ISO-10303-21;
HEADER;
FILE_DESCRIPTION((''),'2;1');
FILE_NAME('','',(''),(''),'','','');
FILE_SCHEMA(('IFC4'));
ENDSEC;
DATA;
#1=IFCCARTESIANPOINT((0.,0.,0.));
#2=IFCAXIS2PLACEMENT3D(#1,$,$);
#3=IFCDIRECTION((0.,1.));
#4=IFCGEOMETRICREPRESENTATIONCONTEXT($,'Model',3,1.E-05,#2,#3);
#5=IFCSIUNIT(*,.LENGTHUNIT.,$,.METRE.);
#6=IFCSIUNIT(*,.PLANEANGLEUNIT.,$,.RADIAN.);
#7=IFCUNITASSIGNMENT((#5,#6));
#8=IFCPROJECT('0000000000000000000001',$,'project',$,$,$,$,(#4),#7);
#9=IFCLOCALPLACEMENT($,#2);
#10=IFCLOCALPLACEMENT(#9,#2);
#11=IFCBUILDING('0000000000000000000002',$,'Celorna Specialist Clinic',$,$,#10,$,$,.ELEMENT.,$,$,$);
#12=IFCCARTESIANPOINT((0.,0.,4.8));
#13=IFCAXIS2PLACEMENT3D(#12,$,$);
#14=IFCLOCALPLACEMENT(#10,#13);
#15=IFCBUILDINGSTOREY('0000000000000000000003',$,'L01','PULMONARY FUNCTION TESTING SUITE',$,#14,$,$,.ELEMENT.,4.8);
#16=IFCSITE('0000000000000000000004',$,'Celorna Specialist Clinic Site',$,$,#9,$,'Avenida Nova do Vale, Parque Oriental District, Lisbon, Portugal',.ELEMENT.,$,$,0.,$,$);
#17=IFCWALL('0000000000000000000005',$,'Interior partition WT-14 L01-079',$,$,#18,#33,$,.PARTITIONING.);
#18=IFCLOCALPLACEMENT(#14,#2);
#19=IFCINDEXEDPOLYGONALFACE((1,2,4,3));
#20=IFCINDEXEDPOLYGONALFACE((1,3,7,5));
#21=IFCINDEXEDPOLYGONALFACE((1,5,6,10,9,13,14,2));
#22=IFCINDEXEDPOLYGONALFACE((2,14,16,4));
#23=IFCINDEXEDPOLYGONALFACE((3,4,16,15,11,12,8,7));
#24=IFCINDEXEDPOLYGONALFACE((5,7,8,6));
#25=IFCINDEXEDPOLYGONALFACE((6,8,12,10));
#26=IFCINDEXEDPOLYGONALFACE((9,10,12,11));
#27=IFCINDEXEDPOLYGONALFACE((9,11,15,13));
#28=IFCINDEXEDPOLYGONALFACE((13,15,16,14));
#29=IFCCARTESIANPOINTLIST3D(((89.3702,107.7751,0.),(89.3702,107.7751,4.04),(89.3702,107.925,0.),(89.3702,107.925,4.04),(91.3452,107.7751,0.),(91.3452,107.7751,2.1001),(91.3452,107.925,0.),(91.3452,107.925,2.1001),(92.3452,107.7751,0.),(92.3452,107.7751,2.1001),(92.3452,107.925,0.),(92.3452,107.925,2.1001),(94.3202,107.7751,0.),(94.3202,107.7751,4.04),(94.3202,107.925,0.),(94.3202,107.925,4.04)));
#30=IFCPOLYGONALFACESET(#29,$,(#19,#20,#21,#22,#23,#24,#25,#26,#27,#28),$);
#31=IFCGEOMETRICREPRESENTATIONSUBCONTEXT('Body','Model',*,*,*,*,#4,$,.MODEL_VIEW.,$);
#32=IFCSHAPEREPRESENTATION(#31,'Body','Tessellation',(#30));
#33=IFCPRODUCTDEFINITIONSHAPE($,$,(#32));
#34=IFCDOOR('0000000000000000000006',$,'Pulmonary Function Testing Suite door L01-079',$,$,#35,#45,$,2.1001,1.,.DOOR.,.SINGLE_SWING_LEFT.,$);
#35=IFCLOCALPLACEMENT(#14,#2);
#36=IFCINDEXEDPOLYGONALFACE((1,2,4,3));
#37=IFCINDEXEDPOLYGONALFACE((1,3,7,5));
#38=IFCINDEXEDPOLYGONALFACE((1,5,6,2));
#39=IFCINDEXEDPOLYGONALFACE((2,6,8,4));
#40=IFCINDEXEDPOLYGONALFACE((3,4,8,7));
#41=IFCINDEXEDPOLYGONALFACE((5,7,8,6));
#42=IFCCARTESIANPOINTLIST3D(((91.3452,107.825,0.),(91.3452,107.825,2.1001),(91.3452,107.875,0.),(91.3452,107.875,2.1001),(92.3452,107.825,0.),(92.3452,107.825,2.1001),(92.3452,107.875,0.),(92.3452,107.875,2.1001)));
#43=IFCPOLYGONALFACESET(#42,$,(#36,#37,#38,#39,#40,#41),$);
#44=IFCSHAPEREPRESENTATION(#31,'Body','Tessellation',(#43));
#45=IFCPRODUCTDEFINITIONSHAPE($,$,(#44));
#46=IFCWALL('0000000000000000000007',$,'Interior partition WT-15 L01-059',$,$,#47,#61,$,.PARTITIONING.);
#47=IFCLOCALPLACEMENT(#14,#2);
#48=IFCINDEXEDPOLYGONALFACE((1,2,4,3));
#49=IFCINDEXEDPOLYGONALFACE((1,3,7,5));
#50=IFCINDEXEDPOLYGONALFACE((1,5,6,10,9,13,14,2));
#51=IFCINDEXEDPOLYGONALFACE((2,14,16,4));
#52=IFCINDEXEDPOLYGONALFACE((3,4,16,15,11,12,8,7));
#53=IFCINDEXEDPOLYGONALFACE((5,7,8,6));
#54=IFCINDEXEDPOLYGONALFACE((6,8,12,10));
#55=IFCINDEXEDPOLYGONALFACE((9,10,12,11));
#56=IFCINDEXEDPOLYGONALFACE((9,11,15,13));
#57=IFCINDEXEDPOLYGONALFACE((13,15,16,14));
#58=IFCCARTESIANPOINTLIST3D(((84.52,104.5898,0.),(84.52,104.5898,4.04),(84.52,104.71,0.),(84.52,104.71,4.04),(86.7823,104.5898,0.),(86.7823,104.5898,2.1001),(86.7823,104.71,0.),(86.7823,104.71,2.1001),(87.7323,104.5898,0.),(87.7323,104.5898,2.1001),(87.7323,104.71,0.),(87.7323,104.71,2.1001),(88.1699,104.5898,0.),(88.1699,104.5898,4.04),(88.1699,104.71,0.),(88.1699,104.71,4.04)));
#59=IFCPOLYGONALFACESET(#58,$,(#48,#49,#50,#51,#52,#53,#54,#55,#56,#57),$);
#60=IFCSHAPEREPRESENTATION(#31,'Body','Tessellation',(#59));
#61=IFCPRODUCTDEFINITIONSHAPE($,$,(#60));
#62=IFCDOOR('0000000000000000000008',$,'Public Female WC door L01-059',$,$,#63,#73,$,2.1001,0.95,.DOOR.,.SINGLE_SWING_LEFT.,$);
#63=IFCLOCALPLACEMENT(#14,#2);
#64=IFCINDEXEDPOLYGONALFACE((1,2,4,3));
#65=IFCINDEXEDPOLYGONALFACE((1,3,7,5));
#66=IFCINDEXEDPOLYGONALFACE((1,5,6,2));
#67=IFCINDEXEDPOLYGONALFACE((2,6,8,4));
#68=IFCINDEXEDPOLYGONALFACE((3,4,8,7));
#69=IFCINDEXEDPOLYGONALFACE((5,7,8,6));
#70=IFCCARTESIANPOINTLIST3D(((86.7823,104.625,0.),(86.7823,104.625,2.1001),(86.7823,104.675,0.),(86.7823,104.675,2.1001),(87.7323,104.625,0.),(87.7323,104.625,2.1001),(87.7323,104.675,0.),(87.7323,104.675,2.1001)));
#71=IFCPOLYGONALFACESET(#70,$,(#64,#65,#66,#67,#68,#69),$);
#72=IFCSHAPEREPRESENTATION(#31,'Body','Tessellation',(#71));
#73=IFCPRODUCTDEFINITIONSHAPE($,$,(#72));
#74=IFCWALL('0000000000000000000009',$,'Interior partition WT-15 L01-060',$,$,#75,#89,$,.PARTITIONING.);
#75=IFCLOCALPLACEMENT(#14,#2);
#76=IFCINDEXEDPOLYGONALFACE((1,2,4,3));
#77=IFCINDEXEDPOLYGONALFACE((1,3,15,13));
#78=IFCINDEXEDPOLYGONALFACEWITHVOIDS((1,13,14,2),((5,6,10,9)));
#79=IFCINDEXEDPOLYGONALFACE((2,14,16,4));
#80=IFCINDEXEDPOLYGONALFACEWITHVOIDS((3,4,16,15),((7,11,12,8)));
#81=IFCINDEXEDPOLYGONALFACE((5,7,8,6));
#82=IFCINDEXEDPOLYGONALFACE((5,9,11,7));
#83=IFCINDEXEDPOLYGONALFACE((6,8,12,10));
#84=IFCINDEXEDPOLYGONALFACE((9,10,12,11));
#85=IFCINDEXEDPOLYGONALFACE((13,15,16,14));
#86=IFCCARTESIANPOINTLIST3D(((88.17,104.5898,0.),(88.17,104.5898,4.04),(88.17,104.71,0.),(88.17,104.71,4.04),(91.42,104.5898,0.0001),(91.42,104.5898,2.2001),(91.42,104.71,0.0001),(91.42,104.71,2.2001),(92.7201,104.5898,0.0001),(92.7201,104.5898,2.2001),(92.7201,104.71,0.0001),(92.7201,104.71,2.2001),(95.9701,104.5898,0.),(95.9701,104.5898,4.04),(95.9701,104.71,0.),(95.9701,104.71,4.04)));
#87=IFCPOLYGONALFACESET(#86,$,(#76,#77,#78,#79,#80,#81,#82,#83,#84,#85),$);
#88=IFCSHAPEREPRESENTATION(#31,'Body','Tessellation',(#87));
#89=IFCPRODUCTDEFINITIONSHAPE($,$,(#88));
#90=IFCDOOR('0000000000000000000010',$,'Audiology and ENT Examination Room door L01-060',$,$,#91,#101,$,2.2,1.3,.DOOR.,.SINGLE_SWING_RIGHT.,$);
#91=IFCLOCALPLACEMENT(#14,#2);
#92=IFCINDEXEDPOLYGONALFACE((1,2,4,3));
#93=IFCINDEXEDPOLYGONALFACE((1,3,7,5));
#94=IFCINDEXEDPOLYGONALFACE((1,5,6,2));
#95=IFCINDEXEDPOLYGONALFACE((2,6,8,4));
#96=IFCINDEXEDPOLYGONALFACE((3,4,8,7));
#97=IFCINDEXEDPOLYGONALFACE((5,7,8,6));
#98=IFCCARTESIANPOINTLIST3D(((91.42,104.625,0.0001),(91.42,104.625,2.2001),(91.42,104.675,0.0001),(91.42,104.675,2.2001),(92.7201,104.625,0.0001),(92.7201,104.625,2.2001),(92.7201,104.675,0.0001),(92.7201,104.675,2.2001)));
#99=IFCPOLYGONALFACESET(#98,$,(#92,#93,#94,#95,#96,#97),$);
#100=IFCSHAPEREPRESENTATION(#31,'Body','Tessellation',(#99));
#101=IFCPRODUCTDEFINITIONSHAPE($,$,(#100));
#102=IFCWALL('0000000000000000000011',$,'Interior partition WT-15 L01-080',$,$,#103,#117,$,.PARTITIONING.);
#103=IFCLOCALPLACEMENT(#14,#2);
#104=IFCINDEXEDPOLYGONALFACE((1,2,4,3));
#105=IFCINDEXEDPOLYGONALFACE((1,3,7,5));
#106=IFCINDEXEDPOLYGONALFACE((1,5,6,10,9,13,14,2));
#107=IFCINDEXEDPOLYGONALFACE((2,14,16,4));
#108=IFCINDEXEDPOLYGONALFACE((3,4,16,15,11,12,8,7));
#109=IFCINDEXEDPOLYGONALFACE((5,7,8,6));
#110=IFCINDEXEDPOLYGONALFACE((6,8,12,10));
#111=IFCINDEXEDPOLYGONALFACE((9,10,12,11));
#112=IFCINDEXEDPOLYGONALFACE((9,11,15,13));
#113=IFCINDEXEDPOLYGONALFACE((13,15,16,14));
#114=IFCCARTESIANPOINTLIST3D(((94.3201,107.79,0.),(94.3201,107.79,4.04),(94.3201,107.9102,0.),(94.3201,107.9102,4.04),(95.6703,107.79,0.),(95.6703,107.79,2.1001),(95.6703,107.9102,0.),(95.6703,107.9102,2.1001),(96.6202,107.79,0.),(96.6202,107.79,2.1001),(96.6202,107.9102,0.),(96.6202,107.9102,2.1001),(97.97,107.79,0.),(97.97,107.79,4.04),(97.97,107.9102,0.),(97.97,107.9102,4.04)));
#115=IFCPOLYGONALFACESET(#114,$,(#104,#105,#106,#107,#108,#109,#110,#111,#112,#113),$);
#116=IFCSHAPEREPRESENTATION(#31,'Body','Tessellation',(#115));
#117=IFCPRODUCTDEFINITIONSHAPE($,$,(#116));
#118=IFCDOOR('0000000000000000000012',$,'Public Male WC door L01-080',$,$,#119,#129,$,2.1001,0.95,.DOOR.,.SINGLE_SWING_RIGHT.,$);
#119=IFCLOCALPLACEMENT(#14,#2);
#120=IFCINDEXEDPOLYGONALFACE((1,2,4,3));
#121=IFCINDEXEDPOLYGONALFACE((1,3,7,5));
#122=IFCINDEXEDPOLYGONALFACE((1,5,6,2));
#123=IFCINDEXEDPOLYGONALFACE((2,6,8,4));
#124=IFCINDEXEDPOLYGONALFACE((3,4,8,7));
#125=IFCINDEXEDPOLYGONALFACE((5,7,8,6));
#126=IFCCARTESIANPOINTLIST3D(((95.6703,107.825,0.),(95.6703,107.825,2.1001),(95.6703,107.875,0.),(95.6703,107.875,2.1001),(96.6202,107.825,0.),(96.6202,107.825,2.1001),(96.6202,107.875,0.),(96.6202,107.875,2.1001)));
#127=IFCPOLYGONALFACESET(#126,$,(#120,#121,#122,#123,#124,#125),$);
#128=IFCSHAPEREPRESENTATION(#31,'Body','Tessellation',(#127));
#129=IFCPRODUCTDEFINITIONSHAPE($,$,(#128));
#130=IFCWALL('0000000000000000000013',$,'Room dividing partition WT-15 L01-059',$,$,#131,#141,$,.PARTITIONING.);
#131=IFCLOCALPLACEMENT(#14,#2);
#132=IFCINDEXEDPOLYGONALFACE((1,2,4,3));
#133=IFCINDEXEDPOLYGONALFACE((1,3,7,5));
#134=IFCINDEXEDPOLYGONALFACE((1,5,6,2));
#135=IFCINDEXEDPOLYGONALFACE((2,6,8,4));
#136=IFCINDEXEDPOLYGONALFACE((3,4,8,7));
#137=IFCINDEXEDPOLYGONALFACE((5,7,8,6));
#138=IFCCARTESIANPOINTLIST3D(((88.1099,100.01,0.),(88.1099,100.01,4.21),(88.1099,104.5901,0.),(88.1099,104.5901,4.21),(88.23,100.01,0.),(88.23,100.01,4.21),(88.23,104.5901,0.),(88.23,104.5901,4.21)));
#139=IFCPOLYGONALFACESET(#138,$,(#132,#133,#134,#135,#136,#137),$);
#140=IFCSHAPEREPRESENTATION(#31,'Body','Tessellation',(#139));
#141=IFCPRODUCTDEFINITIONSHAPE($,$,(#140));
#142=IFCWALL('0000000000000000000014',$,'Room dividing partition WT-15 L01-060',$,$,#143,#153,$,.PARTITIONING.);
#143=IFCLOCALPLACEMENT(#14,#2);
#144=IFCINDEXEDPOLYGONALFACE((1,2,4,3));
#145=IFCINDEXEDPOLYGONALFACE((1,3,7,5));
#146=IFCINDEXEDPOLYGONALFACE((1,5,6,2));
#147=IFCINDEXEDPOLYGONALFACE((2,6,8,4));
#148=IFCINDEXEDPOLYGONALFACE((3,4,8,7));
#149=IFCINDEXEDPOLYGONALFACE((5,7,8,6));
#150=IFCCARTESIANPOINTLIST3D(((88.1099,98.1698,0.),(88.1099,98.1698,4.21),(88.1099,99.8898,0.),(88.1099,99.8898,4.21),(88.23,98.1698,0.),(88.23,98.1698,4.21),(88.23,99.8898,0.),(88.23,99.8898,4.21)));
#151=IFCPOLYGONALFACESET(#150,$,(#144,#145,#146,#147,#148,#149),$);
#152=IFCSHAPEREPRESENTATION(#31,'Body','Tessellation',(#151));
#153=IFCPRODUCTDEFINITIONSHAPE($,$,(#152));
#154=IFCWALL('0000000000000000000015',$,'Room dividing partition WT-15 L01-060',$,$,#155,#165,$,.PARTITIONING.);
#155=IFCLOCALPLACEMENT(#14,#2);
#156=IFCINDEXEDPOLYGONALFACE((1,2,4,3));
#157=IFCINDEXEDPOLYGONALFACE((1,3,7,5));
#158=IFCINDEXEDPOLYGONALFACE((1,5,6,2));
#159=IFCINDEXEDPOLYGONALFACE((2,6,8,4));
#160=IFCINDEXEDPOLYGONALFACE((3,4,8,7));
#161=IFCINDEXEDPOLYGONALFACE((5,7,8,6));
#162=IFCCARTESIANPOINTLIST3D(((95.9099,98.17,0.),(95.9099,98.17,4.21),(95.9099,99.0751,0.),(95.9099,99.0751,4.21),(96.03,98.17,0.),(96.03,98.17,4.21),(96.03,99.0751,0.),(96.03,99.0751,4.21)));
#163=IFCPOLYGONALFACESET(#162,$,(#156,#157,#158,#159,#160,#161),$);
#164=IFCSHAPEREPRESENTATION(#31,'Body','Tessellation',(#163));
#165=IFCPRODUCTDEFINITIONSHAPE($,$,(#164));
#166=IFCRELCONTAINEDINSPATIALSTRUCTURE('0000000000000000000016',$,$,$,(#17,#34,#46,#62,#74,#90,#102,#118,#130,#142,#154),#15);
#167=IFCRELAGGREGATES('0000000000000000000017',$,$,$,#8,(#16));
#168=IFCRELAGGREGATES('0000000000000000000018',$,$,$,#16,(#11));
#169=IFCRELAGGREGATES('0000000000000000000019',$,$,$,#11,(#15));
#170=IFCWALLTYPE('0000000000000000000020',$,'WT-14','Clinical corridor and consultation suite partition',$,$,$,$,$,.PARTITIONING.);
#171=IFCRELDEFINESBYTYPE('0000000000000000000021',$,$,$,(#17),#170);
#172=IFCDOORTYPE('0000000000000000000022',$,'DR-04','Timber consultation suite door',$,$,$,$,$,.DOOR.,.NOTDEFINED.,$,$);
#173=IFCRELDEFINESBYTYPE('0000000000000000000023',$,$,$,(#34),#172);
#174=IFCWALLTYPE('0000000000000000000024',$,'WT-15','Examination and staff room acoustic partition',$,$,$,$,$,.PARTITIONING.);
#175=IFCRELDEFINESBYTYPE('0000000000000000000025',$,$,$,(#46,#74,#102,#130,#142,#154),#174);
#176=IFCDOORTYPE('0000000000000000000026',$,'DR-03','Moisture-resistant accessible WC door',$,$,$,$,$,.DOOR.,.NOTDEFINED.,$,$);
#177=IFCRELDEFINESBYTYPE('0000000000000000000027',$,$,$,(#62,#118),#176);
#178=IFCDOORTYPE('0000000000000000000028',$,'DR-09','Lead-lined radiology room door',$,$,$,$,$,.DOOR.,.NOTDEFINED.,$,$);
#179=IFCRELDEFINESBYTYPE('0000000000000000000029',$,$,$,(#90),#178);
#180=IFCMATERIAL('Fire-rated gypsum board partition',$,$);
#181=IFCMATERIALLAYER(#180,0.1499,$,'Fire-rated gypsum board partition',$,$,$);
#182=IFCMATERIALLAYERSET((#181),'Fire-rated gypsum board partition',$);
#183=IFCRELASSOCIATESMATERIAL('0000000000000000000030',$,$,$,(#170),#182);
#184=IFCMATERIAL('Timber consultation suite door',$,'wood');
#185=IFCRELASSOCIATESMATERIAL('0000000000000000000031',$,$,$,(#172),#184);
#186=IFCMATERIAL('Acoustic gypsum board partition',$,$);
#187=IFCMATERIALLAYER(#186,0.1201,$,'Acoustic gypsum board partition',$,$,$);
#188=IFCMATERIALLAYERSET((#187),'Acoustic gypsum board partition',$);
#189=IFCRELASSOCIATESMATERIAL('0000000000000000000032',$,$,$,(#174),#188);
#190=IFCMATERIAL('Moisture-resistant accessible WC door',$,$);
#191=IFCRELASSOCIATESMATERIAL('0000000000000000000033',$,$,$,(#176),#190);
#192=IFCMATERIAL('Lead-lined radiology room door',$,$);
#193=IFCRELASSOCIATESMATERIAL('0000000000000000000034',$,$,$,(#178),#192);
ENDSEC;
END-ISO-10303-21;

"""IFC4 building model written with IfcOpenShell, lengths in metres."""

from ifc_helpers import new_model, si_unit, direction, frame, frame_2d, origin, place, context, subcontext, project, spatial, rectangle, extrude, material, layer, layer_set, type_object, element, fill, save


model = new_model("IFC4")

# Units and contexts
model_context = context("Model", 3, precision=1e-05, world=origin(), true_north=direction((0.0, 1.0)))
body_context = subcontext(model_context, "Body", "Model", "MODEL_VIEW")
ifc_project = project(units=[si_unit("LENGTHUNIT", "METRE"), si_unit("PLANEANGLEUNIT", "RADIAN")], contexts=[model_context])

# Site, building, storey
site_placement = place(None, origin())
site = spatial("IfcSite", under=ifc_project, at=site_placement, Name="Celorna Specialist Clinic Site", LongName="Avenida Nova do Vale, Parque Oriental District, Lisbon, Portugal", CompositionType="ELEMENT", RefElevation=0.0)
building_placement = place(site_placement, origin())
building = spatial("IfcBuilding", under=site, at=building_placement, Name="Celorna Specialist Clinic", CompositionType="ELEMENT")
storey_placement = place(building_placement, frame((0.0, 0.0, 4.8)))
storey = spatial("IfcBuildingStorey", under=building, at=storey_placement, Name="L01", Description="PULMONARY FUNCTION TESTING SUITE", CompositionType="ELEMENT", Elevation=4.8)

# Walls, openings, doors
ifc_material_1 = material(Name="Fire-rated gypsum board partition")
ifc_layer_1 = layer(ifc_material_1, 0.1499, Name="Fire-rated gypsum board partition")
ifc_layer_set_1 = layer_set([ifc_layer_1], Name="Fire-rated gypsum board partition")
wall_type_1 = type_object("IfcWallType", Name="WT-14", Description="Clinical corridor and consultation suite partition", PredefinedType="PARTITIONING", material=ifc_layer_set_1)
wall_1_placement = place(storey_placement, frame((89.3701, 107.8501, 0.0), z_axis=(0.0, 0.0, 1.0), x_axis=(1.0, 0.0, 0.0)))
wall_1 = element("IfcWall", 1, at=wall_1_placement, inside=storey, type_object=wall_type_1, Name="Interior partition WT-14 L01-079", PredefinedType="PARTITIONING", context=body_context, shape_type="SweptSolid", body=[
    extrude(rectangle(XDim=4.95, YDim=0.1499, at=frame_2d((2.4751, 0.0))), origin(), (0.0, 0.0, 1.0), 4.04),
])
opening_1_placement = place(wall_1_placement, frame((1.9751, 0.0, 0.0)))
opening_1 = element("IfcOpeningElement", 2, at=opening_1_placement, cuts=wall_1, PredefinedType="OPENING", context=body_context, shape_type="SweptSolid", body=[
    extrude(rectangle(XDim=1.0, YDim=2.1001, at=frame_2d((0.5, 1.05))), frame((0.0, 0.085, 0.0), z_axis=(0.0, -1.0, 0.0), x_axis=(1.0, 0.0, 0.0)), (0.0, 0.0, 1.0), 0.1699),
])
ifc_material_2 = material(Name="Timber consultation suite door", Category="wood")
door_type_1 = type_object("IfcDoorType", Name="DR-04", Description="Timber consultation suite door", OperationType="NOTDEFINED", PredefinedType="DOOR", material=ifc_material_2)
door_1_placement = place(opening_1_placement, origin())
door_1 = element("IfcDoor", 3, at=door_1_placement, inside=storey, type_object=door_type_1, Name="Pulmonary Function Testing Suite door L01-079", OperationType="SINGLE_SWING_LEFT", OverallHeight=2.1001, OverallWidth=1.0, PredefinedType="DOOR", context=body_context, shape_type="SweptSolid", body=[
    extrude(rectangle(XDim=1.0, YDim=2.1001, at=frame_2d((0.5, 1.05))), frame((0.0, 0.0249, 0.0), z_axis=(0.0, -1.0, 0.0), x_axis=(1.0, 0.0, 0.0)), (0.0, 0.0, 1.0), 0.05),
])
fill(opening_1, door_1)
ifc_material_3 = material(Name="Acoustic gypsum board partition")
ifc_layer_2 = layer(ifc_material_3, 0.1201, Name="Acoustic gypsum board partition")
ifc_layer_set_2 = layer_set([ifc_layer_2], Name="Acoustic gypsum board partition")
wall_type_2 = type_object("IfcWallType", Name="WT-15", Description="Examination and staff room acoustic partition", PredefinedType="PARTITIONING", material=ifc_layer_set_2)
wall_2_placement = place(storey_placement, frame((88.1699, 104.6499, 0.0), z_axis=(0.0, 0.0, 1.0), x_axis=(-1.0, 0.0, 0.0)))
wall_2 = element("IfcWall", 4, at=wall_2_placement, inside=storey, type_object=wall_type_2, Name="Interior partition WT-15 L01-059", PredefinedType="PARTITIONING", context=body_context, shape_type="SweptSolid", body=[
    extrude(rectangle(XDim=3.6499, YDim=0.1201, at=frame_2d((1.825, 0.0))), origin(), (0.0, 0.0, 1.0), 4.04),
])
opening_2_placement = place(wall_2_placement, frame((0.4375, 0.0, 0.0)))
opening_2 = element("IfcOpeningElement", 5, at=opening_2_placement, cuts=wall_2, PredefinedType="OPENING", context=body_context, shape_type="SweptSolid", body=[
    extrude(rectangle(XDim=0.95, YDim=2.1001, at=frame_2d((0.4751, 1.05))), frame((0.0, 0.0701, 0.0), z_axis=(0.0, -1.0, 0.0), x_axis=(1.0, 0.0, 0.0)), (0.0, 0.0, 1.0), 0.1401),
])
ifc_material_4 = material(Name="Moisture-resistant accessible WC door")
door_type_2 = type_object("IfcDoorType", Name="DR-03", Description="Moisture-resistant accessible WC door", OperationType="NOTDEFINED", PredefinedType="DOOR", material=ifc_material_4)
door_2_placement = place(opening_2_placement, origin())
door_2 = element("IfcDoor", 6, at=door_2_placement, inside=storey, type_object=door_type_2, Name="Public Female WC door L01-059", OperationType="SINGLE_SWING_LEFT", OverallHeight=2.1001, OverallWidth=0.95, PredefinedType="DOOR", context=body_context, shape_type="SweptSolid", body=[
    extrude(rectangle(XDim=0.95, YDim=2.1001, at=frame_2d((0.4751, 1.05))), frame((0.0, 0.0249, 0.0), z_axis=(0.0, -1.0, 0.0), x_axis=(1.0, 0.0, 0.0)), (0.0, 0.0, 1.0), 0.05),
])
fill(opening_2, door_2)
wall_3_placement = place(storey_placement, frame((95.97, 104.6499, 0.0), z_axis=(0.0, 0.0, 1.0), x_axis=(-1.0, 0.0, 0.0)))
wall_3 = element("IfcWall", 7, at=wall_3_placement, inside=storey, type_object=wall_type_2, Name="Interior partition WT-15 L01-060", PredefinedType="PARTITIONING", context=body_context, shape_type="SweptSolid", body=[
    extrude(rectangle(XDim=7.8, YDim=0.1201, at=frame_2d((3.8999, 0.0))), origin(), (0.0, 0.0, 1.0), 4.04),
])
opening_3_placement = place(wall_3_placement, frame((3.25, 0.0, 0.0)))
opening_3 = element("IfcOpeningElement", 8, at=opening_3_placement, cuts=wall_3, PredefinedType="OPENING", context=body_context, shape_type="SweptSolid", body=[
    extrude(rectangle(XDim=1.3, YDim=2.2, at=frame_2d((0.6499, 1.1001))), frame((0.0, 0.0701, 0.0), z_axis=(0.0, -1.0, 0.0), x_axis=(1.0, 0.0, 0.0)), (0.0, 0.0, 1.0), 0.1401),
])
ifc_material_5 = material(Name="Lead-lined radiology room door")
door_type_3 = type_object("IfcDoorType", Name="DR-09", Description="Lead-lined radiology room door", OperationType="NOTDEFINED", PredefinedType="DOOR", material=ifc_material_5)
door_3_placement = place(opening_3_placement, origin())
door_3 = element("IfcDoor", 9, at=door_3_placement, inside=storey, type_object=door_type_3, Name="Audiology and ENT Examination Room door L01-060", OperationType="SINGLE_SWING_RIGHT", OverallHeight=2.2, OverallWidth=1.3, PredefinedType="DOOR", context=body_context, shape_type="SweptSolid", body=[
    extrude(rectangle(XDim=1.3, YDim=2.2, at=frame_2d((0.6499, 1.1001))), frame((0.0, 0.0249, 0.0), z_axis=(0.0, -1.0, 0.0), x_axis=(1.0, 0.0, 0.0)), (0.0, 0.0, 1.0), 0.05),
])
fill(opening_3, door_3)
wall_4_placement = place(storey_placement, frame((94.3201, 107.8501, 0.0), z_axis=(0.0, 0.0, 1.0), x_axis=(1.0, 0.0, 0.0)))
wall_4 = element("IfcWall", 10, at=wall_4_placement, inside=storey, type_object=wall_type_2, Name="Interior partition WT-15 L01-080", PredefinedType="PARTITIONING", context=body_context, shape_type="SweptSolid", body=[
    extrude(rectangle(XDim=3.6499, YDim=0.1201, at=frame_2d((1.825, 0.0))), origin(), (0.0, 0.0, 1.0), 4.04),
])
opening_4_placement = place(wall_4_placement, frame((1.3501, 0.0, 0.0)))
opening_4 = element("IfcOpeningElement", 11, at=opening_4_placement, cuts=wall_4, PredefinedType="OPENING", context=body_context, shape_type="SweptSolid", body=[
    extrude(rectangle(XDim=0.95, YDim=2.1001, at=frame_2d((0.4751, 1.05))), frame((0.0, 0.0701, 0.0), z_axis=(0.0, -1.0, 0.0), x_axis=(1.0, 0.0, 0.0)), (0.0, 0.0, 1.0), 0.1401),
])
door_4_placement = place(opening_4_placement, origin())
door_4 = element("IfcDoor", 12, at=door_4_placement, inside=storey, type_object=door_type_2, Name="Public Male WC door L01-080", OperationType="SINGLE_SWING_RIGHT", OverallHeight=2.1001, OverallWidth=0.95, PredefinedType="DOOR", context=body_context, shape_type="SweptSolid", body=[
    extrude(rectangle(XDim=0.95, YDim=2.1001, at=frame_2d((0.4751, 1.05))), frame((0.0, 0.0249, 0.0), z_axis=(0.0, -1.0, 0.0), x_axis=(1.0, 0.0, 0.0)), (0.0, 0.0, 1.0), 0.05),
])
fill(opening_4, door_4)

# Walls
wall_5_placement = place(storey_placement, frame((88.1699, 100.01, 0.0), z_axis=(0.0, 0.0, 1.0), x_axis=(0.0, 1.0, 0.0)))
element("IfcWall", 13, at=wall_5_placement, inside=storey, type_object=wall_type_2, Name="Room dividing partition WT-15 L01-059", PredefinedType="PARTITIONING", context=body_context, shape_type="SweptSolid", body=[
    extrude(rectangle(XDim=4.5801, YDim=0.1201, at=frame_2d((2.29, 0.0))), origin(), (0.0, 0.0, 1.0), 4.21),
])
wall_6_placement = place(storey_placement, frame((88.1699, 98.1699, 0.0), z_axis=(0.0, 0.0, 1.0), x_axis=(0.0, 1.0, 0.0)))
element("IfcWall", 14, at=wall_6_placement, inside=storey, type_object=wall_type_2, Name="Room dividing partition WT-15 L01-060", PredefinedType="PARTITIONING", context=body_context, shape_type="SweptSolid", body=[
    extrude(rectangle(XDim=1.72, YDim=0.1201, at=frame_2d((0.8599, 0.0))), origin(), (0.0, 0.0, 1.0), 4.21),
])
wall_7_placement = place(storey_placement, frame((95.97, 98.1699, 0.0), z_axis=(0.0, 0.0, 1.0), x_axis=(0.0, 1.0, 0.0)))
element("IfcWall", 15, at=wall_7_placement, inside=storey, type_object=wall_type_2, Name="Room dividing partition WT-15 L01-060", PredefinedType="PARTITIONING", context=body_context, shape_type="SweptSolid", body=[
    extrude(rectangle(XDim=0.905, YDim=0.1201, at=frame_2d((0.4526, 0.0))), origin(), (0.0, 0.0, 1.0), 4.21),
])

save(model, "model.ifc")
